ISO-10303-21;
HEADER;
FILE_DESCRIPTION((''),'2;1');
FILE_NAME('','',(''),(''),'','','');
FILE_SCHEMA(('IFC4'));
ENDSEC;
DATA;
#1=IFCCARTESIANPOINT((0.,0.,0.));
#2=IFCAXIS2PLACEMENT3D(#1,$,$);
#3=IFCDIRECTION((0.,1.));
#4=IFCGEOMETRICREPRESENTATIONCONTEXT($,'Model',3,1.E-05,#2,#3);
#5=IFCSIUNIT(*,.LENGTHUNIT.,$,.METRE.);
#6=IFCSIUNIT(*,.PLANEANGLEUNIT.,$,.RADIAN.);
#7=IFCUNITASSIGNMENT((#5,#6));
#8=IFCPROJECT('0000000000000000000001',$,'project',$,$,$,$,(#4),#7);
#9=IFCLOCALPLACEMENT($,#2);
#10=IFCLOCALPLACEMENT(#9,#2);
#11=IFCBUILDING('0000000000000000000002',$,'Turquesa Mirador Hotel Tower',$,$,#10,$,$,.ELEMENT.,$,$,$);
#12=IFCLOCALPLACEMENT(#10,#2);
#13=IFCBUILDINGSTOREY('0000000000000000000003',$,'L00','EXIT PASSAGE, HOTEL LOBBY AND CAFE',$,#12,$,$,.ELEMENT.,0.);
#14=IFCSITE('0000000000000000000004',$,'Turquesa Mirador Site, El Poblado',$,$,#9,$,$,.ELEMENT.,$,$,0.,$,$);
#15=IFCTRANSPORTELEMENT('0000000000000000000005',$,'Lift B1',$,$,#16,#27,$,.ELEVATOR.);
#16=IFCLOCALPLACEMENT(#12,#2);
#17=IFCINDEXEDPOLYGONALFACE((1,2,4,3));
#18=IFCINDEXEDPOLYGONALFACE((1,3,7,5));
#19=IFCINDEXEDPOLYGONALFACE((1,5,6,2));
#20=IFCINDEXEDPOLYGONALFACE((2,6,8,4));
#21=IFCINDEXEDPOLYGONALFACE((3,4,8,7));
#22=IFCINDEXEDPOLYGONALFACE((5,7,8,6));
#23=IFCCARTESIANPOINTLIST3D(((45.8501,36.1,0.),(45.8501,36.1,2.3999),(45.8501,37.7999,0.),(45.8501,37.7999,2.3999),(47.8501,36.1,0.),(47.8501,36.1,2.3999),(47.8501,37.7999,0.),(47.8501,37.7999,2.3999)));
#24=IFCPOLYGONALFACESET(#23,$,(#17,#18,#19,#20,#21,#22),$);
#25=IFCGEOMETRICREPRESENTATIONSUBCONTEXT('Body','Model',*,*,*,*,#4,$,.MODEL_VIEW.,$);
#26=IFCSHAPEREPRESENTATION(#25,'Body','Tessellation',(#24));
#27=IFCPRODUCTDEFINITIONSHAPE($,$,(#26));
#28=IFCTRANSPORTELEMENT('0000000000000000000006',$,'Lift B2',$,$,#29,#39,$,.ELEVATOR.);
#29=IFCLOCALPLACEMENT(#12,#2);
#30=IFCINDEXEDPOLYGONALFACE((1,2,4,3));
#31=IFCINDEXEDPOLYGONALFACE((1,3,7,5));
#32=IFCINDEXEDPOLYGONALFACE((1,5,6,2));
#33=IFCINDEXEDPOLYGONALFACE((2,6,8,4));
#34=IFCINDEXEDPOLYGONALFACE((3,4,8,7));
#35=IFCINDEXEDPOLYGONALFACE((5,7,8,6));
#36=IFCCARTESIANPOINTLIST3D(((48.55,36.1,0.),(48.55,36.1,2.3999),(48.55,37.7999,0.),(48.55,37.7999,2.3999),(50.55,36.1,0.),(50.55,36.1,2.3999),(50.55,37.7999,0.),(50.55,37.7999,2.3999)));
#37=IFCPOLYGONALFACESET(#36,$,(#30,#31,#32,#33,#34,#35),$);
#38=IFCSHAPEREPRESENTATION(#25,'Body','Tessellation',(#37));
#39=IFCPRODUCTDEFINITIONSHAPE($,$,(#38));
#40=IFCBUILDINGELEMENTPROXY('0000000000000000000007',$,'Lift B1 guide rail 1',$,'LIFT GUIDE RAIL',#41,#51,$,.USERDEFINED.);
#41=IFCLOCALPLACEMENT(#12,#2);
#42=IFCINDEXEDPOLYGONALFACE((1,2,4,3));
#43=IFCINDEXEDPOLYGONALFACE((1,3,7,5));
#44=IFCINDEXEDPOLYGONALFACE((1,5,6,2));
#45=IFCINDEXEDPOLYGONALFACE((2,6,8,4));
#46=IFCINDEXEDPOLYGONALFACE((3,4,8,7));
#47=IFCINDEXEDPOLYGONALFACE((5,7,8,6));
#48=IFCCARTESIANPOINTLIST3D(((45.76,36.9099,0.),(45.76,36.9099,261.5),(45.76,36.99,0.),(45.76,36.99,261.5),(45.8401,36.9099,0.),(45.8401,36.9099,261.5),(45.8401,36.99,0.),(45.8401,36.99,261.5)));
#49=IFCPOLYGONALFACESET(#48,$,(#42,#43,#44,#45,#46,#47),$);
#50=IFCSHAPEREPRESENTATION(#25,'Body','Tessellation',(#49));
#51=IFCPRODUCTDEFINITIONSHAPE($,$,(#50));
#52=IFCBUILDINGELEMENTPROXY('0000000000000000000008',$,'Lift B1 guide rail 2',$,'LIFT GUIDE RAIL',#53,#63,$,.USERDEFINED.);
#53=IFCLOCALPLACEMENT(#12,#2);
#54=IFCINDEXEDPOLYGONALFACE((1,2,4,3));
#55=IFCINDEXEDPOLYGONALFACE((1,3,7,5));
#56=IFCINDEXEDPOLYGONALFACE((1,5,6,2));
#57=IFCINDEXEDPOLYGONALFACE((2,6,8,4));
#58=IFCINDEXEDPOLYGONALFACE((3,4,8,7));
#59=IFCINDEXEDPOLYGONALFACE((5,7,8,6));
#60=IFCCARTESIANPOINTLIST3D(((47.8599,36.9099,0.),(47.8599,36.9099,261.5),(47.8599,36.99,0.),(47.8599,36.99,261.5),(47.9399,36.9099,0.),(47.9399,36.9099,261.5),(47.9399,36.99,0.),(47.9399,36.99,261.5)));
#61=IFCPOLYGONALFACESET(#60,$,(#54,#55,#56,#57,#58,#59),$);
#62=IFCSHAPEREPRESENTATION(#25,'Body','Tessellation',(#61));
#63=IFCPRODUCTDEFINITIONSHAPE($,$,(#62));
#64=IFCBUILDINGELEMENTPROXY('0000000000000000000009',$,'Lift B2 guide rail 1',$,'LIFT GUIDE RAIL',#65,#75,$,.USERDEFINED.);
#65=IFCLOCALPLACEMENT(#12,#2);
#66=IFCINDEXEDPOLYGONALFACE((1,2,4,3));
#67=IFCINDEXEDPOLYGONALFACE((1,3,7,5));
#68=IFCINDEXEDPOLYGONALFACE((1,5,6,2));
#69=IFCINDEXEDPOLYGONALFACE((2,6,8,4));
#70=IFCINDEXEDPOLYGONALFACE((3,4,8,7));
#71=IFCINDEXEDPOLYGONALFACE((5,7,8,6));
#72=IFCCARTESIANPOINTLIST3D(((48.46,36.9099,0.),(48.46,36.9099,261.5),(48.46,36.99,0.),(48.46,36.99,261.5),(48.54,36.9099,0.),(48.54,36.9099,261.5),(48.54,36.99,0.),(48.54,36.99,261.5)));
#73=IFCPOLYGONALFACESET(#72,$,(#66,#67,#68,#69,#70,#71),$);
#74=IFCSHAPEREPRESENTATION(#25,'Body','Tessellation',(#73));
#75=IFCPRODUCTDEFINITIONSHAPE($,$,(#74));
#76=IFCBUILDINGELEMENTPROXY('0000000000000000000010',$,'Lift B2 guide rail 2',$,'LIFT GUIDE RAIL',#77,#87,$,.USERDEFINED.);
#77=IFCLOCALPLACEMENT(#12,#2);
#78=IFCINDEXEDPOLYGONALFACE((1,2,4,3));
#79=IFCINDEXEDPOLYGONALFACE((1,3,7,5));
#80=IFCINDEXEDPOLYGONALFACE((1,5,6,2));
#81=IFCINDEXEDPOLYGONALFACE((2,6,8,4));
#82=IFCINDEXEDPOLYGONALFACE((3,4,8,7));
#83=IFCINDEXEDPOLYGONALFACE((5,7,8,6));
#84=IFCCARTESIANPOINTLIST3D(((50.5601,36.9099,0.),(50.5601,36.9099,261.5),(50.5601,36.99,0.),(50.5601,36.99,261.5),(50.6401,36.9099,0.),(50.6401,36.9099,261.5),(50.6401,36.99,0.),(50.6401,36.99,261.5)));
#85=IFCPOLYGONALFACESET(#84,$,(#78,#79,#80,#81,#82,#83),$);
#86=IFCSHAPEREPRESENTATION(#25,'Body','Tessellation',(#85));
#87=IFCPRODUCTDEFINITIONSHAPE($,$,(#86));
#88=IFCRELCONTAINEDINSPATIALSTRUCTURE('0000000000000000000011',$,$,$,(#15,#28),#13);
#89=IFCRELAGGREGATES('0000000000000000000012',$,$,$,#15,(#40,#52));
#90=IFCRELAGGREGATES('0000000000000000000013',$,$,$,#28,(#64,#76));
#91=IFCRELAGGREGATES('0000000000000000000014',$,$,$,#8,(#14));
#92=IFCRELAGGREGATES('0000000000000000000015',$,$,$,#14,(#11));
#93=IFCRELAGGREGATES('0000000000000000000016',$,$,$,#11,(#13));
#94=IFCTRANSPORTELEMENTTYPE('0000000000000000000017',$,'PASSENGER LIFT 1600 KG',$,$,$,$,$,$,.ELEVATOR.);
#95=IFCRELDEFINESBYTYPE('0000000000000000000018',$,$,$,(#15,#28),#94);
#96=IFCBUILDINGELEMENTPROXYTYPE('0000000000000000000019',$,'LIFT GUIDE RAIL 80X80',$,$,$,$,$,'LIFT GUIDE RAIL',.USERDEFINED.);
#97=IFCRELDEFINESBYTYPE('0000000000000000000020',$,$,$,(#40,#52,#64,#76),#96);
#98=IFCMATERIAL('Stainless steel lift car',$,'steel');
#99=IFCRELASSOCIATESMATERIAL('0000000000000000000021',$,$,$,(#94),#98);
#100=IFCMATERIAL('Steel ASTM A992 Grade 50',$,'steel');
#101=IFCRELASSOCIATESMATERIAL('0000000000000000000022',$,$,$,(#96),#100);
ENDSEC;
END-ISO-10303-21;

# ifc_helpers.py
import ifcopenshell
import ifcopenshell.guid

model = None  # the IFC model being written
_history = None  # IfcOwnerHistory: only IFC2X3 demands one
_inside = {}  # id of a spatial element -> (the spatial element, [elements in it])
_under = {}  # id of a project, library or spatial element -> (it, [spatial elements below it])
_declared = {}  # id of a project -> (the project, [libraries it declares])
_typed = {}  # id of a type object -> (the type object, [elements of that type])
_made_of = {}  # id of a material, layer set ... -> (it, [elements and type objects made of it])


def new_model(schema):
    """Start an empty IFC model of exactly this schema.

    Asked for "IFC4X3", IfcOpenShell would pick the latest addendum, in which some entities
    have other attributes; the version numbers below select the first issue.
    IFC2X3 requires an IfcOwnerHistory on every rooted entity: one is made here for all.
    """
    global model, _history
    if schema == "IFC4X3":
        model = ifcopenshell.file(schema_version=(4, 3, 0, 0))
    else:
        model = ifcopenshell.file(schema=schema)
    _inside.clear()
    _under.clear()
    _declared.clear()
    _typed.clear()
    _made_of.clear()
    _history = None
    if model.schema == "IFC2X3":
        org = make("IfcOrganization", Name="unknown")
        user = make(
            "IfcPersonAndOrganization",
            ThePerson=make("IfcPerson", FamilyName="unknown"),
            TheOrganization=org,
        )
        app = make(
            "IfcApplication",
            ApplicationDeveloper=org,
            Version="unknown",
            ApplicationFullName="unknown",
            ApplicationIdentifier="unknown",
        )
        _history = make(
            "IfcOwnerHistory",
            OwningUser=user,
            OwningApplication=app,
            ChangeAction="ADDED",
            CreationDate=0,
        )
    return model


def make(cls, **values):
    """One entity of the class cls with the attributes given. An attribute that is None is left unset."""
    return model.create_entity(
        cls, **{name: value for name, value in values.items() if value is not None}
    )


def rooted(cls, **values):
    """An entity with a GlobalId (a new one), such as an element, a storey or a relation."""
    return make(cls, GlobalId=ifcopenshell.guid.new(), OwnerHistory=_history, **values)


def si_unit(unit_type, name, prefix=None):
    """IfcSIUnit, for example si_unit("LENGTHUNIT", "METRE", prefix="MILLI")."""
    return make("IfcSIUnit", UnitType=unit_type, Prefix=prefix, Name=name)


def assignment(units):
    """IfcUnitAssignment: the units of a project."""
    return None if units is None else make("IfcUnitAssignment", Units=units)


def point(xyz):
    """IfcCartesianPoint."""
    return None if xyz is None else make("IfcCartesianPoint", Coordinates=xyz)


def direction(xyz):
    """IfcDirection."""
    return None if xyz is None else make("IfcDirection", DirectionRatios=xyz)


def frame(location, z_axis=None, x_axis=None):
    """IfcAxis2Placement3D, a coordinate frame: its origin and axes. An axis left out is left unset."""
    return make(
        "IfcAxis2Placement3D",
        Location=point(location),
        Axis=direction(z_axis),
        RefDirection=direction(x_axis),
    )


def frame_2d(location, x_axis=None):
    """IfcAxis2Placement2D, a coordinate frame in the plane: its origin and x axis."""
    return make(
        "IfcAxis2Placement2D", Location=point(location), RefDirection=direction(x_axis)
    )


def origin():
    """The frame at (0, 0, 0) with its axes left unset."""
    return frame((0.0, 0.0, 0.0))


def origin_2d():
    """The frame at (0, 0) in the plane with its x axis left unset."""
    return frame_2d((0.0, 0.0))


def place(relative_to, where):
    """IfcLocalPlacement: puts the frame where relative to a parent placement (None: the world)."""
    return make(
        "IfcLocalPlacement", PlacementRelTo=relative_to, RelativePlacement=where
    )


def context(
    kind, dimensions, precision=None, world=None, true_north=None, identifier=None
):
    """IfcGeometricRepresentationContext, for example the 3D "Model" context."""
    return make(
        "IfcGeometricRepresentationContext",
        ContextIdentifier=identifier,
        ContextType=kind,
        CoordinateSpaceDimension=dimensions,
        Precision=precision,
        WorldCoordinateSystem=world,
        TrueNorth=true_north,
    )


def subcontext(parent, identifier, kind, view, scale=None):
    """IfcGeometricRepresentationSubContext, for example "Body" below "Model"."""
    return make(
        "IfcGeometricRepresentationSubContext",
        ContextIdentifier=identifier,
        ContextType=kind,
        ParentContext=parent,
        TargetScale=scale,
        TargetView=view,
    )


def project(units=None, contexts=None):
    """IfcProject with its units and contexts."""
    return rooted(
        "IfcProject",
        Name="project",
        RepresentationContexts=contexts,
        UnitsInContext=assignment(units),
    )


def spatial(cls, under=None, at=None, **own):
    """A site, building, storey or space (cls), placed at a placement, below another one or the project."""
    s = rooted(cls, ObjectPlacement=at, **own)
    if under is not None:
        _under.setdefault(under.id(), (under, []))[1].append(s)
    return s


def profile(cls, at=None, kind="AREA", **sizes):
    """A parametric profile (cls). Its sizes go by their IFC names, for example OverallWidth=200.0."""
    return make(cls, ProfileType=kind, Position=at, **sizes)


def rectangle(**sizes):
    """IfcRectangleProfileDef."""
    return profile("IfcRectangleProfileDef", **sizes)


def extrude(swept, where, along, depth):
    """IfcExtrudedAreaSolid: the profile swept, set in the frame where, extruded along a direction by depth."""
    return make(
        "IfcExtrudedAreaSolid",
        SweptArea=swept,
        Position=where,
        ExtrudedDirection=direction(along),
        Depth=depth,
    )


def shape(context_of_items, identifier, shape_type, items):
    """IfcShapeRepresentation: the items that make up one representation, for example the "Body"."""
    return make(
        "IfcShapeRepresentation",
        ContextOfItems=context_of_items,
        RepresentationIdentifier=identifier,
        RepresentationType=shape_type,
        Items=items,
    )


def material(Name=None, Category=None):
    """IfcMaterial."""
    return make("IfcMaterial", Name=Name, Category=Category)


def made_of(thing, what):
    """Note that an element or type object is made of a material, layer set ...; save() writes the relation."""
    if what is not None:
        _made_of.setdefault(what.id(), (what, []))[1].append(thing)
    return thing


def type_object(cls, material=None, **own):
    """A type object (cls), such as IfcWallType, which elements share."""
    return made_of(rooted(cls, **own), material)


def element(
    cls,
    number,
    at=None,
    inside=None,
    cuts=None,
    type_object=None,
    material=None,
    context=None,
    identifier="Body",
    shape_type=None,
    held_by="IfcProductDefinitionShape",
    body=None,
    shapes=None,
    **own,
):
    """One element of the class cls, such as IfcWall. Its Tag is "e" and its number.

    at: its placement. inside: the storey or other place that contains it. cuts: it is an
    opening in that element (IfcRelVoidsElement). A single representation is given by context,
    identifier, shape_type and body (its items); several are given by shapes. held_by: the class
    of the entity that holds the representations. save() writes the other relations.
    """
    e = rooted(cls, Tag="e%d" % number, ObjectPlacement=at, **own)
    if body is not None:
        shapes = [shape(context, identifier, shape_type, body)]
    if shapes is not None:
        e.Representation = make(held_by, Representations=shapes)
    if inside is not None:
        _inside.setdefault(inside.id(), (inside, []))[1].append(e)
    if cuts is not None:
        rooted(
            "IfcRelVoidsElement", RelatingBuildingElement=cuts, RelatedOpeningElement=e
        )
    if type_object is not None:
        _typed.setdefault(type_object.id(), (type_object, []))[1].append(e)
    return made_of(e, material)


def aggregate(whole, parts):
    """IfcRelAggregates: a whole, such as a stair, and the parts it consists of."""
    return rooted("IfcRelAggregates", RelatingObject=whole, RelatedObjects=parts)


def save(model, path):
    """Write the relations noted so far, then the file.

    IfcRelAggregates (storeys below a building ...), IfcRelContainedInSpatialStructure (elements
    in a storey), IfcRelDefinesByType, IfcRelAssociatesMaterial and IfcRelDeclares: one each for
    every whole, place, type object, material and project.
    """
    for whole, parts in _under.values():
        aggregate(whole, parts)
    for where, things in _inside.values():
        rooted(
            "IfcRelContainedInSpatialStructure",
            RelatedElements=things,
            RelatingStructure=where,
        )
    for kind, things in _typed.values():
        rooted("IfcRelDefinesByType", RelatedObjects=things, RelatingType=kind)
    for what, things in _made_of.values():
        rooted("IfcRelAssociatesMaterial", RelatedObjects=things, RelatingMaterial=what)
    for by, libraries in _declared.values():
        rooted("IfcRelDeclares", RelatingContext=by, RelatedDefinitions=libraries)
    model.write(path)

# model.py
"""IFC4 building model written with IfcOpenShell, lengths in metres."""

from ifc_helpers import new_model, si_unit, direction, frame, origin, origin_2d, place, context, subcontext, project, spatial, rectangle, extrude, material, type_object, element, aggregate, save


model = new_model("IFC4")

# Units and contexts
model_context = context("Model", 3, precision=1e-05, world=origin(), true_north=direction((0.0, 1.0)))
body_context = subcontext(model_context, "Body", "Model", "MODEL_VIEW")
ifc_project = project(units=[si_unit("LENGTHUNIT", "METRE"), si_unit("PLANEANGLEUNIT", "RADIAN")], contexts=[model_context])

# Site, building, storey
site_placement = place(None, origin())
site = spatial("IfcSite", under=ifc_project, at=site_placement, Name="Turquesa Mirador Site, El Poblado", CompositionType="ELEMENT", RefElevation=0.0)
building_placement = place(site_placement, origin())
building = spatial("IfcBuilding", under=site, at=building_placement, Name="Turquesa Mirador Hotel Tower", CompositionType="ELEMENT")
storey_placement = place(building_placement, origin())
storey = spatial("IfcBuildingStorey", under=building, at=storey_placement, Name="L00", Description="EXIT PASSAGE, HOTEL LOBBY AND CAFE", CompositionType="ELEMENT", Elevation=0.0)

# Transport elements
ifc_material_1 = material(Name="Stainless steel lift car", Category="steel")
transport_element_type = type_object("IfcTransportElementType", Name="PASSENGER LIFT 1600 KG", PredefinedType="ELEVATOR", material=ifc_material_1)
transport_element_1_placement = place(storey_placement, frame((46.8501, 36.95, 0.0), z_axis=(0.0, 0.0, 1.0), x_axis=(1.0, 0.0, 0.0)))
transport_element_1 = element("IfcTransportElement", 1, at=transport_element_1_placement, inside=storey, type_object=transport_element_type, Name="Lift B1", PredefinedType="ELEVATOR", context=body_context, shape_type="SweptSolid", body=[
    extrude(rectangle(XDim=2.0, YDim=1.7, at=origin_2d()), origin(), (0.0, 0.0, 1.0), 2.3999),
])
transport_element_2_placement = place(storey_placement, frame((49.55, 36.95, 0.0), z_axis=(0.0, 0.0, 1.0), x_axis=(1.0, 0.0, 0.0)))
transport_element_2 = element("IfcTransportElement", 2, at=transport_element_2_placement, inside=storey, type_object=transport_element_type, Name="Lift B2", PredefinedType="ELEVATOR", context=body_context, shape_type="SweptSolid", body=[
    extrude(rectangle(XDim=2.0, YDim=1.7, at=origin_2d()), origin(), (0.0, 0.0, 1.0), 2.3999),
])

# Building element proxies
ifc_material_2 = material(Name="Steel ASTM A992 Grade 50", Category="steel")
building_element_proxy_type = type_object("IfcBuildingElementProxyType", Name="LIFT GUIDE RAIL 80X80", ElementType="LIFT GUIDE RAIL", PredefinedType="USERDEFINED", material=ifc_material_2)
proxy_1_placement = place(storey_placement, frame((45.8, 36.95, 0.0), z_axis=(0.0, 0.0, 1.0), x_axis=(1.0, 0.0, 0.0)))
proxy_1 = element("IfcBuildingElementProxy", 3, at=proxy_1_placement, type_object=building_element_proxy_type, Name="Lift B1 guide rail 1", ObjectType="LIFT GUIDE RAIL", PredefinedType="USERDEFINED", context=body_context, shape_type="SweptSolid", body=[
    extrude(rectangle(XDim=0.0801, YDim=0.0801, at=origin_2d()), origin(), (0.0, 0.0, 1.0), 261.5),
])
proxy_2_placement = place(storey_placement, frame((47.8999, 36.95, 0.0), z_axis=(0.0, 0.0, 1.0), x_axis=(1.0, 0.0, 0.0)))
proxy_2 = element("IfcBuildingElementProxy", 4, at=proxy_2_placement, type_object=building_element_proxy_type, Name="Lift B1 guide rail 2", ObjectType="LIFT GUIDE RAIL", PredefinedType="USERDEFINED", context=body_context, shape_type="SweptSolid", body=[
    extrude(rectangle(XDim=0.0801, YDim=0.0801, at=origin_2d()), origin(), (0.0, 0.0, 1.0), 261.5),
])
aggregate(transport_element_1, [proxy_1, proxy_2])
proxy_3_placement = place(storey_placement, frame((48.5, 36.95, 0.0), z_axis=(0.0, 0.0, 1.0), x_axis=(1.0, 0.0, 0.0)))
proxy_3 = element("IfcBuildingElementProxy", 5, at=proxy_3_placement, type_object=building_element_proxy_type, Name="Lift B2 guide rail 1", ObjectType="LIFT GUIDE RAIL", PredefinedType="USERDEFINED", context=body_context, shape_type="SweptSolid", body=[
    extrude(rectangle(XDim=0.0801, YDim=0.0801, at=origin_2d()), origin(), (0.0, 0.0, 1.0), 261.5),
])
proxy_4_placement = place(storey_placement, frame((50.6001, 36.95, 0.0), z_axis=(0.0, 0.0, 1.0), x_axis=(1.0, 0.0, 0.0)))
proxy_4 = element("IfcBuildingElementProxy", 6, at=proxy_4_placement, type_object=building_element_proxy_type, Name="Lift B2 guide rail 2", ObjectType="LIFT GUIDE RAIL", PredefinedType="USERDEFINED", context=body_context, shape_type="SweptSolid", body=[
    extrude(rectangle(XDim=0.0801, YDim=0.0801, at=origin_2d()), origin(), (0.0, 0.0, 1.0), 261.5),
])
aggregate(transport_element_2, [proxy_3, proxy_4])

save(model, "model.ifc")
